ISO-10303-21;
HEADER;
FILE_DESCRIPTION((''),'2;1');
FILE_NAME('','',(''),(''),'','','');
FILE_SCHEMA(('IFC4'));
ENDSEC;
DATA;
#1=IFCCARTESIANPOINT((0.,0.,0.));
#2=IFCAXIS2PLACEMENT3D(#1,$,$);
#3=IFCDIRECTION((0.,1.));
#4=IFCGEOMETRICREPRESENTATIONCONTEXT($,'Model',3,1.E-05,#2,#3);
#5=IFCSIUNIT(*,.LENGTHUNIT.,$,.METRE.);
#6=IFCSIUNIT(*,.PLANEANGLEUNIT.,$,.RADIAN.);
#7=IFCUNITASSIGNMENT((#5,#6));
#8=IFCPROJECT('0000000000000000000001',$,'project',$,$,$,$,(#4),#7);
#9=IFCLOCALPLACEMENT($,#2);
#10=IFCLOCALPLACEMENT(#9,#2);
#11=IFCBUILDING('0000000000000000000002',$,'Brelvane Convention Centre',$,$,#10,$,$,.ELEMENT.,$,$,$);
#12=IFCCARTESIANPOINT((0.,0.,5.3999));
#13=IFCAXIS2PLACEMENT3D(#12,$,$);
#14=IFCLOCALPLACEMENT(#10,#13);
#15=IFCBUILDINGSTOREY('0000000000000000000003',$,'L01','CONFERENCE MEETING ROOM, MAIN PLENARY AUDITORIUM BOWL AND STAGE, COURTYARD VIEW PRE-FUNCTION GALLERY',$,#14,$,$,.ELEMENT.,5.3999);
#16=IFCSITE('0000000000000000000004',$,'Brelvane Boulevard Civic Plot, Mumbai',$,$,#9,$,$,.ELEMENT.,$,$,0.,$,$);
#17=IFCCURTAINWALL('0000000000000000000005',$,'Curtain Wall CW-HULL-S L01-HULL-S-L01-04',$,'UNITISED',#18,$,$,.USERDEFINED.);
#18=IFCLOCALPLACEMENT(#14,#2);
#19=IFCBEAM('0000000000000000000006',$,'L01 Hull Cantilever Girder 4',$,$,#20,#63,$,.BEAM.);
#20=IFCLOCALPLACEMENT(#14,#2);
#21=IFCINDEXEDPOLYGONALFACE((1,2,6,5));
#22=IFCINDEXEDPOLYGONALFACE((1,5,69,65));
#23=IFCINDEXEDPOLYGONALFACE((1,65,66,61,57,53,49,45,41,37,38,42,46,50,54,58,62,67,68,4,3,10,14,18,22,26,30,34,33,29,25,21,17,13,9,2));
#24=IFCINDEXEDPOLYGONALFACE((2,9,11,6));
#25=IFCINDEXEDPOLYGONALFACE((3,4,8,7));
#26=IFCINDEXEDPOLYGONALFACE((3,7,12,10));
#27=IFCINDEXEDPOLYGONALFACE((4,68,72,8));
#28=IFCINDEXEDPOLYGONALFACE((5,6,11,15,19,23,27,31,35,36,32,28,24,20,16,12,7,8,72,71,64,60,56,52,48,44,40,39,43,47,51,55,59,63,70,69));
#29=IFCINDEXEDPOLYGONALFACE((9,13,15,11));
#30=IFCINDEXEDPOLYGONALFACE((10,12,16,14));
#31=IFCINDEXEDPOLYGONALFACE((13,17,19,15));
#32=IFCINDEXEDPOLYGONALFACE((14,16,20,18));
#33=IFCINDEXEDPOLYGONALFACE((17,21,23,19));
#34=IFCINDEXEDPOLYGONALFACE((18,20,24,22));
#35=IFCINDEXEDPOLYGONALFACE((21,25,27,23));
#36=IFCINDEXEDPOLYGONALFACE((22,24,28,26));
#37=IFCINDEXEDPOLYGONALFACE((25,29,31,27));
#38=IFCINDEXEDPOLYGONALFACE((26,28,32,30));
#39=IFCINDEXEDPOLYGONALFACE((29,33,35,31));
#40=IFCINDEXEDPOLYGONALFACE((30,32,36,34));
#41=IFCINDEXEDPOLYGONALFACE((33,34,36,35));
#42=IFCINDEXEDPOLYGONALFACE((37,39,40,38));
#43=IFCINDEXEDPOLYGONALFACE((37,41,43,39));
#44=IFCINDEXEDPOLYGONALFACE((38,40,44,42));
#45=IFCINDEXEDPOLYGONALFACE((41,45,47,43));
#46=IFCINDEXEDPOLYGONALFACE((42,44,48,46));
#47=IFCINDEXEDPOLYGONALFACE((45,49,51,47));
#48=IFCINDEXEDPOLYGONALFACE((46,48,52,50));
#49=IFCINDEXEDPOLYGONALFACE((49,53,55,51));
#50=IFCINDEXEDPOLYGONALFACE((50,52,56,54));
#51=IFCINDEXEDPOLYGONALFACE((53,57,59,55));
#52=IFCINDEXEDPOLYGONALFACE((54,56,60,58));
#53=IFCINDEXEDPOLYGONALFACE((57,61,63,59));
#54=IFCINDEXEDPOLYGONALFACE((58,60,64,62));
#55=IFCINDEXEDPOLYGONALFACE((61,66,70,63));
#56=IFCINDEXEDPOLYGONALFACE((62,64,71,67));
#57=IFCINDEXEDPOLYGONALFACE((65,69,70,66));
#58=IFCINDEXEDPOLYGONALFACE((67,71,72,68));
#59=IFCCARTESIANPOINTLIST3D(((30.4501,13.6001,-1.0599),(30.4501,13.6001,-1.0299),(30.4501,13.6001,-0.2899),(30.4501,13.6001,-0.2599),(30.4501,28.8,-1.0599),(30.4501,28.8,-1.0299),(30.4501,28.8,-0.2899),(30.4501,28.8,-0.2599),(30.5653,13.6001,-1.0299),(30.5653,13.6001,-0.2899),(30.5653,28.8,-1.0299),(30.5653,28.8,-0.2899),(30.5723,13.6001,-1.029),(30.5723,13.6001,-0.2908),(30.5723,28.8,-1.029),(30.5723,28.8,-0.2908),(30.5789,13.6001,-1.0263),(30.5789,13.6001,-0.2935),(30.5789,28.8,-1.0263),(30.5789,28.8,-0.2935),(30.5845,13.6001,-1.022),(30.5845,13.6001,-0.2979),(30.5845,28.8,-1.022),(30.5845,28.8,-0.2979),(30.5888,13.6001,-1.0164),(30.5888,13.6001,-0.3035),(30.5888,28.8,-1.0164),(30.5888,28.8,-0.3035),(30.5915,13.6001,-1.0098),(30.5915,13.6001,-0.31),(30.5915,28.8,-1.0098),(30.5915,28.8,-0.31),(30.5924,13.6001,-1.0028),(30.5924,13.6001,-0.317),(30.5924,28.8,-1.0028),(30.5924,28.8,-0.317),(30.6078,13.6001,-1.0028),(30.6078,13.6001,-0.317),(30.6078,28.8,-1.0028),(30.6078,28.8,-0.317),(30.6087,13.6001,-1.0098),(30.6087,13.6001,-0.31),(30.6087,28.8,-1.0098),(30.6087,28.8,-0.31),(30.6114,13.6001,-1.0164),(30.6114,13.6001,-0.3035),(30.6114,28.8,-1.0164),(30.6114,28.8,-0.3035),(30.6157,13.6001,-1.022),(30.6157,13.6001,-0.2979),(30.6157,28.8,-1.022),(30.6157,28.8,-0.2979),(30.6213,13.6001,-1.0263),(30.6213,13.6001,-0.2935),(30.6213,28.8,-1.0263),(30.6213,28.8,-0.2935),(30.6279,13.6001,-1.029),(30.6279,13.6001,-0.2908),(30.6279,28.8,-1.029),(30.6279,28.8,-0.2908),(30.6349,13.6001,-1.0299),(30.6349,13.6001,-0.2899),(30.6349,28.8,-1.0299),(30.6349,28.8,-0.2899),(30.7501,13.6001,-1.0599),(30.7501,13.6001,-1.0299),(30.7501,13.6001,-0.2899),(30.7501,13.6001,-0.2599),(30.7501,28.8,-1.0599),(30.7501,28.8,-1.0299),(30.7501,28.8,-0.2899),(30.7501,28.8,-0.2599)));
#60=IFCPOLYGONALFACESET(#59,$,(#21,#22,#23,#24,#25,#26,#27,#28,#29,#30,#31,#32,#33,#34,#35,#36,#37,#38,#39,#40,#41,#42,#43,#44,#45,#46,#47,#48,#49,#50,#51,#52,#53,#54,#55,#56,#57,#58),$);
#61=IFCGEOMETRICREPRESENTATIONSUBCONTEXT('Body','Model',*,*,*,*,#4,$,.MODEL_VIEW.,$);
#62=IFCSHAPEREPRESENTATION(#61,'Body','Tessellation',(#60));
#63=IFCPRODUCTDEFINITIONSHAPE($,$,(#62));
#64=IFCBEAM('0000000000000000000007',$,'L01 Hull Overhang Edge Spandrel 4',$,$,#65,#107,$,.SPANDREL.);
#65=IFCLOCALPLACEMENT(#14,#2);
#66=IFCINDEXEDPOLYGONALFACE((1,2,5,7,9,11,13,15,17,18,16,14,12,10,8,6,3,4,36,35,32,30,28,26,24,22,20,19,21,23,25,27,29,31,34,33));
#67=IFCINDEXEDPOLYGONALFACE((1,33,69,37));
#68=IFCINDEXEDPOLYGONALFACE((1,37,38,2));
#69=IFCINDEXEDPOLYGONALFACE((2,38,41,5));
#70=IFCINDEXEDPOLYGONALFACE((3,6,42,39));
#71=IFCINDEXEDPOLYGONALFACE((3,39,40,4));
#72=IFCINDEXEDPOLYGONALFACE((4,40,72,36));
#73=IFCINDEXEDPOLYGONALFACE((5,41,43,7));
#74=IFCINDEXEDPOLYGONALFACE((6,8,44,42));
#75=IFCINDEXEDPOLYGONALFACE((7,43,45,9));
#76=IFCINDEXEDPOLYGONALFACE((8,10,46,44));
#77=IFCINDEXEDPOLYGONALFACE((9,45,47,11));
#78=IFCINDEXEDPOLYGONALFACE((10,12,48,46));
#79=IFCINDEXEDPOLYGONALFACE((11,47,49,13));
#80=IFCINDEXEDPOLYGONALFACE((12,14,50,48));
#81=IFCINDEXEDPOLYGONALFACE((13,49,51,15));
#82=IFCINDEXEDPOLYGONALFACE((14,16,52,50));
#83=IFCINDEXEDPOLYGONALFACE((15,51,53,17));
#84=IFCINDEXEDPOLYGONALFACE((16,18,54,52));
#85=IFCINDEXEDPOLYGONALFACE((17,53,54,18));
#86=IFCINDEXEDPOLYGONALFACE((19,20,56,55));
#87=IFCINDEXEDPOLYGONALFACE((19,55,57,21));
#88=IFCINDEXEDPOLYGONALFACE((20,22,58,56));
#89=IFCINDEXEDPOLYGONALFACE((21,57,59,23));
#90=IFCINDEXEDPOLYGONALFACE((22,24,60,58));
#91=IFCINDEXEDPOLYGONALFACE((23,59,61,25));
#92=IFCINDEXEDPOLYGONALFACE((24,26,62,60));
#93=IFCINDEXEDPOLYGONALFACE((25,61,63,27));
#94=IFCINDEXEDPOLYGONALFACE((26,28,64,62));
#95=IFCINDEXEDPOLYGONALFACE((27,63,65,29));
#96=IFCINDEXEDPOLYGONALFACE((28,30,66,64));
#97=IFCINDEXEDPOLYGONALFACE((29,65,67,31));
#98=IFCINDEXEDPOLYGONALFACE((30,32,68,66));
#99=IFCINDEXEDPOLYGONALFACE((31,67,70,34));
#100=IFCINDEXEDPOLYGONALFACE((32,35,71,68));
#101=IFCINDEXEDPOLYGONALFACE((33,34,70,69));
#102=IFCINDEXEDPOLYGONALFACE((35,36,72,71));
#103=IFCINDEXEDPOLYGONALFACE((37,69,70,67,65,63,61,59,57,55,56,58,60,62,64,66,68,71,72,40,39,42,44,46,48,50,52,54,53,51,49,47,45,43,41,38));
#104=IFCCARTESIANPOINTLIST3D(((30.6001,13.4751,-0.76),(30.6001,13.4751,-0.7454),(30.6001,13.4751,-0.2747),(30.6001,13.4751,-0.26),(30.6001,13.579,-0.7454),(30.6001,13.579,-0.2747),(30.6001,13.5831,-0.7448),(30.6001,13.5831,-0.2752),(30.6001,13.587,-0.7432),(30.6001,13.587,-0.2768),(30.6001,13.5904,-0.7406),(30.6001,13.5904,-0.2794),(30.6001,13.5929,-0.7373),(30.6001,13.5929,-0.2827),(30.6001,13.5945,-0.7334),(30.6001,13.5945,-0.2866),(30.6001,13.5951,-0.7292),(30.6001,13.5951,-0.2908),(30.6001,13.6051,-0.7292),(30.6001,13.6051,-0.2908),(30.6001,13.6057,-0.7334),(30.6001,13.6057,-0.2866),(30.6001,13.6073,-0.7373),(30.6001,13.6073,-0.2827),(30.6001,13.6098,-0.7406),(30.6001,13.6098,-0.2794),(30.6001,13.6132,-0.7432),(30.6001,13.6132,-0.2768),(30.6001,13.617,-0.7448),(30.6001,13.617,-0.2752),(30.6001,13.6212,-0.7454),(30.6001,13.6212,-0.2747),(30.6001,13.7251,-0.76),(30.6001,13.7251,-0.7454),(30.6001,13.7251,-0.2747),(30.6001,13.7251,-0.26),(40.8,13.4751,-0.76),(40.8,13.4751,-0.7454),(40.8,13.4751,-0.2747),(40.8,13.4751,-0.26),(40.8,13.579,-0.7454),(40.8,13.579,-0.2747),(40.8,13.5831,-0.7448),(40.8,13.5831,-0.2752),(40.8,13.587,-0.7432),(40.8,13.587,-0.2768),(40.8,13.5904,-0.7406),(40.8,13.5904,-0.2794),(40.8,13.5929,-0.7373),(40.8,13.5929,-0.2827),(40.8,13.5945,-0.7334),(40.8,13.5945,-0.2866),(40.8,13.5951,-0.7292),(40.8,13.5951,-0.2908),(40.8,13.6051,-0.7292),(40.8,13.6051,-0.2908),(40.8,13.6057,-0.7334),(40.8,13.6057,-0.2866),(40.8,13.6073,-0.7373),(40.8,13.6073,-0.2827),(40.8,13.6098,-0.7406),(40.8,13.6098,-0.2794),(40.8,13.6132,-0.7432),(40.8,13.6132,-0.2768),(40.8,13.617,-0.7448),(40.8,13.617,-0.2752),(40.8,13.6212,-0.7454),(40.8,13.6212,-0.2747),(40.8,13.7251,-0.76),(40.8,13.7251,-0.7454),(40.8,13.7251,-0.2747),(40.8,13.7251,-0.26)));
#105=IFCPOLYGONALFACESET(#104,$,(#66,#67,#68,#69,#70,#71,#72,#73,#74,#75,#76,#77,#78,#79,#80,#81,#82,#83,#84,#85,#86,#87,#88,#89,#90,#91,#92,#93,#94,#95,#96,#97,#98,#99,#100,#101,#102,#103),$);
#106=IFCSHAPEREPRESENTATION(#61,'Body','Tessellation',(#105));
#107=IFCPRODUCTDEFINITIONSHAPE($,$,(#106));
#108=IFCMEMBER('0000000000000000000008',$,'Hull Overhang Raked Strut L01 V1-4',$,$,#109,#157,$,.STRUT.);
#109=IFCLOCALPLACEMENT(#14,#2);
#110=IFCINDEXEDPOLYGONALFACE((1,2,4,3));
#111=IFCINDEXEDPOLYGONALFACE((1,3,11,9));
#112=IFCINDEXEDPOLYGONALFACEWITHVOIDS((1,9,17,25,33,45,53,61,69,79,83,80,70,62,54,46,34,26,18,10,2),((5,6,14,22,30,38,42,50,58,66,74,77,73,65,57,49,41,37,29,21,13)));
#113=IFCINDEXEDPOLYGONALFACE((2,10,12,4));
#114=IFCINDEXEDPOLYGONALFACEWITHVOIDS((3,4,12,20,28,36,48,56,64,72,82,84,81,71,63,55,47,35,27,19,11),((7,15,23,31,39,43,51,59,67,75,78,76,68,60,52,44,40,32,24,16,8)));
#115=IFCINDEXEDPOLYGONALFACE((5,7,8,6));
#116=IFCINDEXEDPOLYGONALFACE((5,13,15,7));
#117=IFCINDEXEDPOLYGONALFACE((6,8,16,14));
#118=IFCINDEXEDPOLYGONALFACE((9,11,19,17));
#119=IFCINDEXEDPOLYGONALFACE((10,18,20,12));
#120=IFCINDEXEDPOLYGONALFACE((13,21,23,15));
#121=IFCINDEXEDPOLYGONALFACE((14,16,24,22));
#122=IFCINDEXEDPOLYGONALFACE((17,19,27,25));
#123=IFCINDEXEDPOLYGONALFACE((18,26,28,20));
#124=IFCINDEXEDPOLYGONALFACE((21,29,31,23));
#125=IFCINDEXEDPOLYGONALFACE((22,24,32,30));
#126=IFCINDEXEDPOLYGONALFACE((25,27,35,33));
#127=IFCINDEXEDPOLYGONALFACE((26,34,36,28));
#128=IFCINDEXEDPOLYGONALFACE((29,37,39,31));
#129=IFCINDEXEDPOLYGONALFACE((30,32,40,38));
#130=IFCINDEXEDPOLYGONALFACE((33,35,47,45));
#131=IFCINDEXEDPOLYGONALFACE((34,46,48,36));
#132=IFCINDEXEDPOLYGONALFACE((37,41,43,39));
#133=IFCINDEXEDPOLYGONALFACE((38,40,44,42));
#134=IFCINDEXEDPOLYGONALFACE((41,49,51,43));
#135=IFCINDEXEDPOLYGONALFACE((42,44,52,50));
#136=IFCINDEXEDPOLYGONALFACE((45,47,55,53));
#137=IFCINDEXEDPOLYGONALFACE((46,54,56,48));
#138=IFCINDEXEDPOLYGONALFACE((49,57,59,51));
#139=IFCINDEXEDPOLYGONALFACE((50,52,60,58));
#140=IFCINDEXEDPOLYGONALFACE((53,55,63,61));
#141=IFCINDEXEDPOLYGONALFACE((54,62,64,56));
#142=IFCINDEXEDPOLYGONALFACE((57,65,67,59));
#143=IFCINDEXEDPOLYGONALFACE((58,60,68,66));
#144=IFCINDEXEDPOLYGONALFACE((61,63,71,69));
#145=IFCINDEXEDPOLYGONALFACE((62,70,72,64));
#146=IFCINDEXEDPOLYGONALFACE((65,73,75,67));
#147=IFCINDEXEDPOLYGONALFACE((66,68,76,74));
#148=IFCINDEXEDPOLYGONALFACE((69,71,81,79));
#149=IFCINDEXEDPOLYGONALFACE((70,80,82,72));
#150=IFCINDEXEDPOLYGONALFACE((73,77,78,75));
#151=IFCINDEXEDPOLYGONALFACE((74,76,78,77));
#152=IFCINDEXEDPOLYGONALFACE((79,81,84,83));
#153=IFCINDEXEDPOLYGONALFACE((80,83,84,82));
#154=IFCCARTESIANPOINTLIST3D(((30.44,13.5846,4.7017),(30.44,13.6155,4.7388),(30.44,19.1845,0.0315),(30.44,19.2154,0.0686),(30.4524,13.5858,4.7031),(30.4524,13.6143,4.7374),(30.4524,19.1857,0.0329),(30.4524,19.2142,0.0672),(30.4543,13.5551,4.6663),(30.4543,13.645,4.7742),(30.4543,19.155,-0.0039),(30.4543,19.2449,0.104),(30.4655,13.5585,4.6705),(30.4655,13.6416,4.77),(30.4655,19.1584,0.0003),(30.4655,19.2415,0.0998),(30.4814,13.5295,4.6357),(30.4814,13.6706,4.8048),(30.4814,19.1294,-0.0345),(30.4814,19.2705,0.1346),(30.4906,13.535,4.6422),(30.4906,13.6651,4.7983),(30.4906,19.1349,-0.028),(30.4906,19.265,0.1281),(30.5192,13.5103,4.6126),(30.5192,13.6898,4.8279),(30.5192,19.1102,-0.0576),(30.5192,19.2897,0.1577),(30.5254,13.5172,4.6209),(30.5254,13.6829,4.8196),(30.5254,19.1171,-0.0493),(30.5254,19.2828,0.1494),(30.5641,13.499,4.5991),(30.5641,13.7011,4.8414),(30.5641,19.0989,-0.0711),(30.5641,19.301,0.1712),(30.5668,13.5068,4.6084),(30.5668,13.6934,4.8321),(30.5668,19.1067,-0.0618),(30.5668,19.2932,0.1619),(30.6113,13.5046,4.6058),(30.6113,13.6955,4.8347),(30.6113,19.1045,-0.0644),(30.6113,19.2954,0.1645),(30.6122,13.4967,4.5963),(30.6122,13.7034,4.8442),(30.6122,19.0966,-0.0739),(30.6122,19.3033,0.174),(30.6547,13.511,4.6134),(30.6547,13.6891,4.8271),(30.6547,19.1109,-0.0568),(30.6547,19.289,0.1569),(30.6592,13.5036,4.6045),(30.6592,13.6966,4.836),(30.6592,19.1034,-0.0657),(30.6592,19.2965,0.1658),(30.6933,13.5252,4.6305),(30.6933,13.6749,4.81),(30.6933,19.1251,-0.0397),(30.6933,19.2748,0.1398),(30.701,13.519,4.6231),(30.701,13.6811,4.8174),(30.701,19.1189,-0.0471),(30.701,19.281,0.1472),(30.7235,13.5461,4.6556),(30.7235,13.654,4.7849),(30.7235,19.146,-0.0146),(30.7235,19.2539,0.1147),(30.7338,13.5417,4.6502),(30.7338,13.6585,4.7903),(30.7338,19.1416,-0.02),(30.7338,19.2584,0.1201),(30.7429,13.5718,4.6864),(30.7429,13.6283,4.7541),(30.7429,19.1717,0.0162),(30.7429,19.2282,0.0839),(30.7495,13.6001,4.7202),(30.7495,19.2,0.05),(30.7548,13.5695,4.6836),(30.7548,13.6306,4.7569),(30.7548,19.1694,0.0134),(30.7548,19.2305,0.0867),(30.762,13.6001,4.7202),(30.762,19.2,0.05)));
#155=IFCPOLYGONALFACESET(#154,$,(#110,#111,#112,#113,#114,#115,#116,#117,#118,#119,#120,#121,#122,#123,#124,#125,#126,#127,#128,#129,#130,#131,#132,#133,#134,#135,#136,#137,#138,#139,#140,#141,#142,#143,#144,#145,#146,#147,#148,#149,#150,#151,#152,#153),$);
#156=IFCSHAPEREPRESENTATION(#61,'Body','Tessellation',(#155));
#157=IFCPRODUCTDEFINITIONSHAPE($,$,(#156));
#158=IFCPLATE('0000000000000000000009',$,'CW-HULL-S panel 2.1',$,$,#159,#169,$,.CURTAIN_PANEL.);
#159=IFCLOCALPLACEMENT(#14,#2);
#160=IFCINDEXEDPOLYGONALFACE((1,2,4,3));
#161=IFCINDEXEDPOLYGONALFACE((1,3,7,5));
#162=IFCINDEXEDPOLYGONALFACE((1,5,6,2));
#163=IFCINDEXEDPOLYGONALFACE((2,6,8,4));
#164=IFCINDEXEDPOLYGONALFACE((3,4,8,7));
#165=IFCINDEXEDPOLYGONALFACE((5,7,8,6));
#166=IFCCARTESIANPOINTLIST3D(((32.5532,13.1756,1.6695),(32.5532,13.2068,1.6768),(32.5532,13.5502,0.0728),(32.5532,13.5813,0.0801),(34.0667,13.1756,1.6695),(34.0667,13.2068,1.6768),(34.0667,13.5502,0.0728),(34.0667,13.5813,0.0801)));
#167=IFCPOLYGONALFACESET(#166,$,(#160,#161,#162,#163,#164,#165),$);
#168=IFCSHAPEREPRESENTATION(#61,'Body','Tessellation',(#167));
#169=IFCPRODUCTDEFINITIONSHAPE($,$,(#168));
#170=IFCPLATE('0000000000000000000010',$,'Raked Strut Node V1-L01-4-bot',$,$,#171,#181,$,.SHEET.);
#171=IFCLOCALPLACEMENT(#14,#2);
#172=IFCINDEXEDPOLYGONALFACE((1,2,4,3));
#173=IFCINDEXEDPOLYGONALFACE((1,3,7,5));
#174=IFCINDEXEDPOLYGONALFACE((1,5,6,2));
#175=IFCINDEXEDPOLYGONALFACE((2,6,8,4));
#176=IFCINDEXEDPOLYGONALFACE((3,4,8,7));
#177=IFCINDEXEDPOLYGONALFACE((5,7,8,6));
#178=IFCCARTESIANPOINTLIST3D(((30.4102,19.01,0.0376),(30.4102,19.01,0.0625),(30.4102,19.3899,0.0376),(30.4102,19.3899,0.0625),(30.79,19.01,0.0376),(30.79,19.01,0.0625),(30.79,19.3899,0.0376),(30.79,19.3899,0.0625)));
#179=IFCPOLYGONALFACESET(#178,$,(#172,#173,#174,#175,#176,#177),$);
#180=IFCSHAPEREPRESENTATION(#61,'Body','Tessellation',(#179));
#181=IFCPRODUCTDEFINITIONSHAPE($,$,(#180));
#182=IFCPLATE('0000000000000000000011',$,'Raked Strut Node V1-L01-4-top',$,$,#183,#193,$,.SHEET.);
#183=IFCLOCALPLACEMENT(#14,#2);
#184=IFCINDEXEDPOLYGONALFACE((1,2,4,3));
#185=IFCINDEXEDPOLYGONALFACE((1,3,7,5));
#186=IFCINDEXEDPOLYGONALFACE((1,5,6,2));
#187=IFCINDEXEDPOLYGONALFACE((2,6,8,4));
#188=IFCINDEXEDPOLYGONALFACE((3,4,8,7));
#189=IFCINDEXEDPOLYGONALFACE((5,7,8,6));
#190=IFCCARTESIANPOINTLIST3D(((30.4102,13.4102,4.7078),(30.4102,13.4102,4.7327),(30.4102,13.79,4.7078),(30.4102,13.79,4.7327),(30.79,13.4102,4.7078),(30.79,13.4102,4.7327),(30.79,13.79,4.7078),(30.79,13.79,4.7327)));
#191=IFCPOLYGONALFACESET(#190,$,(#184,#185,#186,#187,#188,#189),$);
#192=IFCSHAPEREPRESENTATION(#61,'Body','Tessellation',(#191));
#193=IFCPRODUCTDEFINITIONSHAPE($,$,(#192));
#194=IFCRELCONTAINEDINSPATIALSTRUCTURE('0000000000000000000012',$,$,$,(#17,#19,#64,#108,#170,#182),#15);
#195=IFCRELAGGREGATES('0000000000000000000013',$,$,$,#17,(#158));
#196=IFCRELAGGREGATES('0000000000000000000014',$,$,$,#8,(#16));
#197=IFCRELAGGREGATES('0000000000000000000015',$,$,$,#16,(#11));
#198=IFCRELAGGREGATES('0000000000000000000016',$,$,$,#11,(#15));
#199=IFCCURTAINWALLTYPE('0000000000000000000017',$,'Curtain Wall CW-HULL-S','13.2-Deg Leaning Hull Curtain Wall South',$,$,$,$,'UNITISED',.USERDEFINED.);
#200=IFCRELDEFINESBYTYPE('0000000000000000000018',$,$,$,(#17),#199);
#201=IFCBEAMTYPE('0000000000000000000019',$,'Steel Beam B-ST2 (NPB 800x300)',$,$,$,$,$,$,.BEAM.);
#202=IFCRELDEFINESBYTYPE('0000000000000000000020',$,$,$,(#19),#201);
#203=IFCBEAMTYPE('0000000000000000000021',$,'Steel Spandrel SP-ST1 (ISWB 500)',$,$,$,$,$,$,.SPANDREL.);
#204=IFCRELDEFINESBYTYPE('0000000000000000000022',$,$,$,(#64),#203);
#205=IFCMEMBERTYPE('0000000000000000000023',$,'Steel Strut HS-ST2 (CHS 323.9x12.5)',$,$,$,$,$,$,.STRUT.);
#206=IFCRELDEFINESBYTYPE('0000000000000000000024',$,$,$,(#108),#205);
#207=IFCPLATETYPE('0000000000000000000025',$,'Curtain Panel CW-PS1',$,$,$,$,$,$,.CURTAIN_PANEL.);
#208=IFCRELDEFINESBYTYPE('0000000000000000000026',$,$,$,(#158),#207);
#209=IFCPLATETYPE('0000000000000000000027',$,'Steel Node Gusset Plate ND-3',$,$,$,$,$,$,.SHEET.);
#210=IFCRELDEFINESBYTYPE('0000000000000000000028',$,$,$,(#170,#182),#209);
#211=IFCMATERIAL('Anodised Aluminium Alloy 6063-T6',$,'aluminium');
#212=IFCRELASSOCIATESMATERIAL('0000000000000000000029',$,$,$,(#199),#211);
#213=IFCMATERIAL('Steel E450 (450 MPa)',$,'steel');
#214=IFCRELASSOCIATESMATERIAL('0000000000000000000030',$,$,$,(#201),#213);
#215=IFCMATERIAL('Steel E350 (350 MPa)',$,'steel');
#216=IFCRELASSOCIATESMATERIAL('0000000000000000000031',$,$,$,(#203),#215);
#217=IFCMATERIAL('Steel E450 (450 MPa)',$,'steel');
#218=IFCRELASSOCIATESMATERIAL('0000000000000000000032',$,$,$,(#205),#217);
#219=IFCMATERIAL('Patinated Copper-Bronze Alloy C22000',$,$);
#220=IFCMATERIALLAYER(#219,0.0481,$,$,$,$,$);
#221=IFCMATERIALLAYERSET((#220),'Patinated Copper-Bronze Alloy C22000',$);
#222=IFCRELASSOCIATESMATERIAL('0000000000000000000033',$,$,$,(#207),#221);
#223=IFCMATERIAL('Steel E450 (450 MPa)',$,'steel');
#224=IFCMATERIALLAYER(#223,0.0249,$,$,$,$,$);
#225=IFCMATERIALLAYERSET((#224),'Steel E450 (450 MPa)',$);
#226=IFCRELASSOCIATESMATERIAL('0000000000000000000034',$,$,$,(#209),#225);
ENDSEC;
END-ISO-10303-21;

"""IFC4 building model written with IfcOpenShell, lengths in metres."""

from ifc_helpers import new_model, si_unit, direction, frame, origin, origin_2d, place, context, subcontext, project, spatial, polyline, rectangle, hollow_circle, i_section, outline, extrude, material, layer, layer_set, material_profile, profile_set, type_object, element, aggregate, save


model = new_model("IFC4")

# Units and contexts
model_context = context("Model", 3, precision=1e-05, world=origin(), true_north=direction((0.0, 1.0)))
body_context = subcontext(model_context, "Body", "Model", "MODEL_VIEW")
ifc_project = project(units=[si_unit("LENGTHUNIT", "METRE"), si_unit("PLANEANGLEUNIT", "RADIAN")], contexts=[model_context])

# Site, building, storey
site_placement = place(None, origin())
site = spatial("IfcSite", under=ifc_project, at=site_placement, Name="Brelvane Boulevard Civic Plot, Mumbai", CompositionType="ELEMENT", RefElevation=0.0)
building_placement = place(site_placement, origin())
building = spatial("IfcBuilding", under=site, at=building_placement, Name="Brelvane Convention Centre", CompositionType="ELEMENT")
storey_placement = place(building_placement, frame((0.0, 0.0, 5.3999)))
storey = spatial("IfcBuildingStorey", under=building, at=storey_placement, Name="L01", Description="CONFERENCE MEETING ROOM, MAIN PLENARY AUDITORIUM BOWL AND STAGE, COURTYARD VIEW PRE-FUNCTION GALLERY", CompositionType="ELEMENT", Elevation=5.3999)

# Curtain wall
ifc_material_1 = material(Name="Anodised Aluminium Alloy 6063-T6", Category="aluminium")
curtain_wall_type = type_object("IfcCurtainWallType", Name="Curtain Wall CW-HULL-S", Description="13.2-Deg Leaning Hull Curtain Wall South", ElementType="UNITISED", PredefinedType="USERDEFINED", material=ifc_material_1)
curtain_wall_1_placement = place(storey_placement, origin())
curtain_wall_1 = element("IfcCurtainWall", 1, at=curtain_wall_1_placement, inside=storey, type_object=curtain_wall_type, Name="Curtain Wall CW-HULL-S L01-HULL-S-L01-04", ObjectType="UNITISED", PredefinedType="USERDEFINED")

# Beams
ifc_material_2 = material(Name="Steel E450 (450 MPa)", Category="steel")
ifc_material_profile_1 = material_profile(ifc_material_2, i_section(OverallWidth=0.3, OverallDepth=0.8, WebThickness=0.0154, FlangeThickness=0.03, FilletRadius=0.0271, at=origin_2d()), Name="NPB 800x300")
ifc_profile_set_1 = profile_set([ifc_material_profile_1], Name="Steel E450 (450 MPa)")
beam_type_1 = type_object("IfcBeamType", Name="Steel Beam B-ST2 (NPB 800x300)", PredefinedType="BEAM", material=ifc_profile_set_1)
beam_1_placement = place(storey_placement, frame((30.6001, 13.6001, -0.6599), z_axis=(0.0, 1.0, 0.0), x_axis=(-1.0, 0.0, 0.0)))
element("IfcBeam", 2, at=beam_1_placement, inside=storey, type_object=beam_type_1, Name="L01 Hull Cantilever Girder 4", PredefinedType="BEAM", context=body_context, shape_type="SweptSolid", body=[
    extrude(i_section(OverallWidth=0.3, OverallDepth=0.8, WebThickness=0.0154, FlangeThickness=0.03, FilletRadius=0.0271, at=origin_2d()), origin(), (0.0, 0.0, 1.0), 15.2),
])
ifc_material_3 = material(Name="Steel E350 (350 MPa)", Category="steel")
ifc_material_profile_2 = material_profile(ifc_material_3, i_section(OverallWidth=0.25, OverallDepth=0.5, WebThickness=0.01, FlangeThickness=0.0146, FilletRadius=0.0161, at=origin_2d()), Name="ISWB 500")
ifc_profile_set_2 = profile_set([ifc_material_profile_2], Name="Steel E350 (350 MPa)")
beam_type_2 = type_object("IfcBeamType", Name="Steel Spandrel SP-ST1 (ISWB 500)", PredefinedType="SPANDREL", material=ifc_profile_set_2)
beam_2_placement = place(storey_placement, frame((30.6001, 13.6001, -0.51), z_axis=(1.0, 0.0, 0.0), x_axis=(0.0, 1.0, 0.0)))
element("IfcBeam", 3, at=beam_2_placement, inside=storey, type_object=beam_type_2, Name="L01 Hull Overhang Edge Spandrel 4", PredefinedType="SPANDREL", context=body_context, shape_type="SweptSolid", body=[
    extrude(i_section(OverallWidth=0.25, OverallDepth=0.5, WebThickness=0.01, FlangeThickness=0.0146, FilletRadius=0.0161, at=origin_2d()), origin(), (0.0, 0.0, 1.0), 10.2),
])

# Member
ifc_material_4 = material(Name="Steel E450 (450 MPa)", Category="steel")
ifc_material_profile_3 = material_profile(ifc_material_4, hollow_circle(Radius=0.1619, WallThickness=0.0125, at=origin_2d()), Name="CHS 323.9x12.5")
ifc_profile_set_3 = profile_set([ifc_material_profile_3], Name="Steel E450 (450 MPa)")
member_type_1 = type_object("IfcMemberType", Name="Steel Strut HS-ST2 (CHS 323.9x12.5)", PredefinedType="STRUT", material=ifc_profile_set_3)
member_1_placement = place(storey_placement, frame((30.6001, 19.2, 0.05), z_axis=(0.0, -0.767977, 0.640477), x_axis=(1.0, 0.0, 0.0)))
element("IfcMember", 4, at=member_1_placement, inside=storey, type_object=member_type_1, Name="Hull Overhang Raked Strut L01 V1-4", PredefinedType="STRUT", context=body_context, shape_type="SweptSolid", body=[
    extrude(hollow_circle(Radius=0.1619, WallThickness=0.0125, at=origin_2d()), origin(), (0.0, 0.0, 1.0), 7.2917),
])

# Plate
ifc_material_5 = material(Name="Patinated Copper-Bronze Alloy C22000")
ifc_layer_1 = layer(ifc_material_5, 0.0481)
ifc_layer_set_1 = layer_set([ifc_layer_1], Name="Patinated Copper-Bronze Alloy C22000")
plate_type_1 = type_object("IfcPlateType", Name="Curtain Panel CW-PS1", PredefinedType="CURTAIN_PANEL", material=ifc_layer_set_1)
plate_placement = place(storey_placement, frame((32.5532, 13.5813, 0.0801), z_axis=(0.0, 0.973577, 0.228359), x_axis=(1.0, 0.0, 0.0)))
plate = element("IfcPlate", 5, at=plate_placement, type_object=plate_type_1, Name="CW-HULL-S panel 2.1", PredefinedType="CURTAIN_PANEL", context=body_context, shape_type="SweptSolid", body=[
    extrude(outline(polyline([(0.0, 0.0), (1.5134, 0.0), (1.5134, -1.64), (0.0, -1.64), (0.0, 0.0)])), origin(), (0.0, 0.0, -1.0), 0.032),
])
aggregate(curtain_wall_1, [plate])

# Plates
ifc_material_6 = material(Name="Steel E450 (450 MPa)", Category="steel")
ifc_layer_2 = layer(ifc_material_6, 0.0249)
ifc_layer_set_2 = layer_set([ifc_layer_2], Name="Steel E450 (450 MPa)")
plate_type_2 = type_object("IfcPlateType", Name="Steel Node Gusset Plate ND-3", PredefinedType="SHEET", material=ifc_layer_set_2)
for number, where, z_axis, x_axis, name in (
    (6, (30.6001, 19.2, 0.0376), (0.0, 0.0, 1.0), (1.0, 0.0, 0.0), "Raked Strut Node V1-L01-4-bot"),
    (7, (30.6001, 13.6001, 4.7078), (0.0, 0.0, 1.0), (1.0, 0.0, 0.0), "Raked Strut Node V1-L01-4-top"),
):
    element("IfcPlate", number, at=place(storey_placement, frame(where, z_axis=z_axis, x_axis=x_axis)), inside=storey, type_object=plate_type_2, Name=name, PredefinedType="SHEET", context=body_context, shape_type="SweptSolid", body=[
        extrude(rectangle(XDim=0.3799, YDim=0.3799, at=origin_2d()), origin(), (0.0, 0.0, 1.0), 0.0249),
    ])

save(model, "model.ifc")
